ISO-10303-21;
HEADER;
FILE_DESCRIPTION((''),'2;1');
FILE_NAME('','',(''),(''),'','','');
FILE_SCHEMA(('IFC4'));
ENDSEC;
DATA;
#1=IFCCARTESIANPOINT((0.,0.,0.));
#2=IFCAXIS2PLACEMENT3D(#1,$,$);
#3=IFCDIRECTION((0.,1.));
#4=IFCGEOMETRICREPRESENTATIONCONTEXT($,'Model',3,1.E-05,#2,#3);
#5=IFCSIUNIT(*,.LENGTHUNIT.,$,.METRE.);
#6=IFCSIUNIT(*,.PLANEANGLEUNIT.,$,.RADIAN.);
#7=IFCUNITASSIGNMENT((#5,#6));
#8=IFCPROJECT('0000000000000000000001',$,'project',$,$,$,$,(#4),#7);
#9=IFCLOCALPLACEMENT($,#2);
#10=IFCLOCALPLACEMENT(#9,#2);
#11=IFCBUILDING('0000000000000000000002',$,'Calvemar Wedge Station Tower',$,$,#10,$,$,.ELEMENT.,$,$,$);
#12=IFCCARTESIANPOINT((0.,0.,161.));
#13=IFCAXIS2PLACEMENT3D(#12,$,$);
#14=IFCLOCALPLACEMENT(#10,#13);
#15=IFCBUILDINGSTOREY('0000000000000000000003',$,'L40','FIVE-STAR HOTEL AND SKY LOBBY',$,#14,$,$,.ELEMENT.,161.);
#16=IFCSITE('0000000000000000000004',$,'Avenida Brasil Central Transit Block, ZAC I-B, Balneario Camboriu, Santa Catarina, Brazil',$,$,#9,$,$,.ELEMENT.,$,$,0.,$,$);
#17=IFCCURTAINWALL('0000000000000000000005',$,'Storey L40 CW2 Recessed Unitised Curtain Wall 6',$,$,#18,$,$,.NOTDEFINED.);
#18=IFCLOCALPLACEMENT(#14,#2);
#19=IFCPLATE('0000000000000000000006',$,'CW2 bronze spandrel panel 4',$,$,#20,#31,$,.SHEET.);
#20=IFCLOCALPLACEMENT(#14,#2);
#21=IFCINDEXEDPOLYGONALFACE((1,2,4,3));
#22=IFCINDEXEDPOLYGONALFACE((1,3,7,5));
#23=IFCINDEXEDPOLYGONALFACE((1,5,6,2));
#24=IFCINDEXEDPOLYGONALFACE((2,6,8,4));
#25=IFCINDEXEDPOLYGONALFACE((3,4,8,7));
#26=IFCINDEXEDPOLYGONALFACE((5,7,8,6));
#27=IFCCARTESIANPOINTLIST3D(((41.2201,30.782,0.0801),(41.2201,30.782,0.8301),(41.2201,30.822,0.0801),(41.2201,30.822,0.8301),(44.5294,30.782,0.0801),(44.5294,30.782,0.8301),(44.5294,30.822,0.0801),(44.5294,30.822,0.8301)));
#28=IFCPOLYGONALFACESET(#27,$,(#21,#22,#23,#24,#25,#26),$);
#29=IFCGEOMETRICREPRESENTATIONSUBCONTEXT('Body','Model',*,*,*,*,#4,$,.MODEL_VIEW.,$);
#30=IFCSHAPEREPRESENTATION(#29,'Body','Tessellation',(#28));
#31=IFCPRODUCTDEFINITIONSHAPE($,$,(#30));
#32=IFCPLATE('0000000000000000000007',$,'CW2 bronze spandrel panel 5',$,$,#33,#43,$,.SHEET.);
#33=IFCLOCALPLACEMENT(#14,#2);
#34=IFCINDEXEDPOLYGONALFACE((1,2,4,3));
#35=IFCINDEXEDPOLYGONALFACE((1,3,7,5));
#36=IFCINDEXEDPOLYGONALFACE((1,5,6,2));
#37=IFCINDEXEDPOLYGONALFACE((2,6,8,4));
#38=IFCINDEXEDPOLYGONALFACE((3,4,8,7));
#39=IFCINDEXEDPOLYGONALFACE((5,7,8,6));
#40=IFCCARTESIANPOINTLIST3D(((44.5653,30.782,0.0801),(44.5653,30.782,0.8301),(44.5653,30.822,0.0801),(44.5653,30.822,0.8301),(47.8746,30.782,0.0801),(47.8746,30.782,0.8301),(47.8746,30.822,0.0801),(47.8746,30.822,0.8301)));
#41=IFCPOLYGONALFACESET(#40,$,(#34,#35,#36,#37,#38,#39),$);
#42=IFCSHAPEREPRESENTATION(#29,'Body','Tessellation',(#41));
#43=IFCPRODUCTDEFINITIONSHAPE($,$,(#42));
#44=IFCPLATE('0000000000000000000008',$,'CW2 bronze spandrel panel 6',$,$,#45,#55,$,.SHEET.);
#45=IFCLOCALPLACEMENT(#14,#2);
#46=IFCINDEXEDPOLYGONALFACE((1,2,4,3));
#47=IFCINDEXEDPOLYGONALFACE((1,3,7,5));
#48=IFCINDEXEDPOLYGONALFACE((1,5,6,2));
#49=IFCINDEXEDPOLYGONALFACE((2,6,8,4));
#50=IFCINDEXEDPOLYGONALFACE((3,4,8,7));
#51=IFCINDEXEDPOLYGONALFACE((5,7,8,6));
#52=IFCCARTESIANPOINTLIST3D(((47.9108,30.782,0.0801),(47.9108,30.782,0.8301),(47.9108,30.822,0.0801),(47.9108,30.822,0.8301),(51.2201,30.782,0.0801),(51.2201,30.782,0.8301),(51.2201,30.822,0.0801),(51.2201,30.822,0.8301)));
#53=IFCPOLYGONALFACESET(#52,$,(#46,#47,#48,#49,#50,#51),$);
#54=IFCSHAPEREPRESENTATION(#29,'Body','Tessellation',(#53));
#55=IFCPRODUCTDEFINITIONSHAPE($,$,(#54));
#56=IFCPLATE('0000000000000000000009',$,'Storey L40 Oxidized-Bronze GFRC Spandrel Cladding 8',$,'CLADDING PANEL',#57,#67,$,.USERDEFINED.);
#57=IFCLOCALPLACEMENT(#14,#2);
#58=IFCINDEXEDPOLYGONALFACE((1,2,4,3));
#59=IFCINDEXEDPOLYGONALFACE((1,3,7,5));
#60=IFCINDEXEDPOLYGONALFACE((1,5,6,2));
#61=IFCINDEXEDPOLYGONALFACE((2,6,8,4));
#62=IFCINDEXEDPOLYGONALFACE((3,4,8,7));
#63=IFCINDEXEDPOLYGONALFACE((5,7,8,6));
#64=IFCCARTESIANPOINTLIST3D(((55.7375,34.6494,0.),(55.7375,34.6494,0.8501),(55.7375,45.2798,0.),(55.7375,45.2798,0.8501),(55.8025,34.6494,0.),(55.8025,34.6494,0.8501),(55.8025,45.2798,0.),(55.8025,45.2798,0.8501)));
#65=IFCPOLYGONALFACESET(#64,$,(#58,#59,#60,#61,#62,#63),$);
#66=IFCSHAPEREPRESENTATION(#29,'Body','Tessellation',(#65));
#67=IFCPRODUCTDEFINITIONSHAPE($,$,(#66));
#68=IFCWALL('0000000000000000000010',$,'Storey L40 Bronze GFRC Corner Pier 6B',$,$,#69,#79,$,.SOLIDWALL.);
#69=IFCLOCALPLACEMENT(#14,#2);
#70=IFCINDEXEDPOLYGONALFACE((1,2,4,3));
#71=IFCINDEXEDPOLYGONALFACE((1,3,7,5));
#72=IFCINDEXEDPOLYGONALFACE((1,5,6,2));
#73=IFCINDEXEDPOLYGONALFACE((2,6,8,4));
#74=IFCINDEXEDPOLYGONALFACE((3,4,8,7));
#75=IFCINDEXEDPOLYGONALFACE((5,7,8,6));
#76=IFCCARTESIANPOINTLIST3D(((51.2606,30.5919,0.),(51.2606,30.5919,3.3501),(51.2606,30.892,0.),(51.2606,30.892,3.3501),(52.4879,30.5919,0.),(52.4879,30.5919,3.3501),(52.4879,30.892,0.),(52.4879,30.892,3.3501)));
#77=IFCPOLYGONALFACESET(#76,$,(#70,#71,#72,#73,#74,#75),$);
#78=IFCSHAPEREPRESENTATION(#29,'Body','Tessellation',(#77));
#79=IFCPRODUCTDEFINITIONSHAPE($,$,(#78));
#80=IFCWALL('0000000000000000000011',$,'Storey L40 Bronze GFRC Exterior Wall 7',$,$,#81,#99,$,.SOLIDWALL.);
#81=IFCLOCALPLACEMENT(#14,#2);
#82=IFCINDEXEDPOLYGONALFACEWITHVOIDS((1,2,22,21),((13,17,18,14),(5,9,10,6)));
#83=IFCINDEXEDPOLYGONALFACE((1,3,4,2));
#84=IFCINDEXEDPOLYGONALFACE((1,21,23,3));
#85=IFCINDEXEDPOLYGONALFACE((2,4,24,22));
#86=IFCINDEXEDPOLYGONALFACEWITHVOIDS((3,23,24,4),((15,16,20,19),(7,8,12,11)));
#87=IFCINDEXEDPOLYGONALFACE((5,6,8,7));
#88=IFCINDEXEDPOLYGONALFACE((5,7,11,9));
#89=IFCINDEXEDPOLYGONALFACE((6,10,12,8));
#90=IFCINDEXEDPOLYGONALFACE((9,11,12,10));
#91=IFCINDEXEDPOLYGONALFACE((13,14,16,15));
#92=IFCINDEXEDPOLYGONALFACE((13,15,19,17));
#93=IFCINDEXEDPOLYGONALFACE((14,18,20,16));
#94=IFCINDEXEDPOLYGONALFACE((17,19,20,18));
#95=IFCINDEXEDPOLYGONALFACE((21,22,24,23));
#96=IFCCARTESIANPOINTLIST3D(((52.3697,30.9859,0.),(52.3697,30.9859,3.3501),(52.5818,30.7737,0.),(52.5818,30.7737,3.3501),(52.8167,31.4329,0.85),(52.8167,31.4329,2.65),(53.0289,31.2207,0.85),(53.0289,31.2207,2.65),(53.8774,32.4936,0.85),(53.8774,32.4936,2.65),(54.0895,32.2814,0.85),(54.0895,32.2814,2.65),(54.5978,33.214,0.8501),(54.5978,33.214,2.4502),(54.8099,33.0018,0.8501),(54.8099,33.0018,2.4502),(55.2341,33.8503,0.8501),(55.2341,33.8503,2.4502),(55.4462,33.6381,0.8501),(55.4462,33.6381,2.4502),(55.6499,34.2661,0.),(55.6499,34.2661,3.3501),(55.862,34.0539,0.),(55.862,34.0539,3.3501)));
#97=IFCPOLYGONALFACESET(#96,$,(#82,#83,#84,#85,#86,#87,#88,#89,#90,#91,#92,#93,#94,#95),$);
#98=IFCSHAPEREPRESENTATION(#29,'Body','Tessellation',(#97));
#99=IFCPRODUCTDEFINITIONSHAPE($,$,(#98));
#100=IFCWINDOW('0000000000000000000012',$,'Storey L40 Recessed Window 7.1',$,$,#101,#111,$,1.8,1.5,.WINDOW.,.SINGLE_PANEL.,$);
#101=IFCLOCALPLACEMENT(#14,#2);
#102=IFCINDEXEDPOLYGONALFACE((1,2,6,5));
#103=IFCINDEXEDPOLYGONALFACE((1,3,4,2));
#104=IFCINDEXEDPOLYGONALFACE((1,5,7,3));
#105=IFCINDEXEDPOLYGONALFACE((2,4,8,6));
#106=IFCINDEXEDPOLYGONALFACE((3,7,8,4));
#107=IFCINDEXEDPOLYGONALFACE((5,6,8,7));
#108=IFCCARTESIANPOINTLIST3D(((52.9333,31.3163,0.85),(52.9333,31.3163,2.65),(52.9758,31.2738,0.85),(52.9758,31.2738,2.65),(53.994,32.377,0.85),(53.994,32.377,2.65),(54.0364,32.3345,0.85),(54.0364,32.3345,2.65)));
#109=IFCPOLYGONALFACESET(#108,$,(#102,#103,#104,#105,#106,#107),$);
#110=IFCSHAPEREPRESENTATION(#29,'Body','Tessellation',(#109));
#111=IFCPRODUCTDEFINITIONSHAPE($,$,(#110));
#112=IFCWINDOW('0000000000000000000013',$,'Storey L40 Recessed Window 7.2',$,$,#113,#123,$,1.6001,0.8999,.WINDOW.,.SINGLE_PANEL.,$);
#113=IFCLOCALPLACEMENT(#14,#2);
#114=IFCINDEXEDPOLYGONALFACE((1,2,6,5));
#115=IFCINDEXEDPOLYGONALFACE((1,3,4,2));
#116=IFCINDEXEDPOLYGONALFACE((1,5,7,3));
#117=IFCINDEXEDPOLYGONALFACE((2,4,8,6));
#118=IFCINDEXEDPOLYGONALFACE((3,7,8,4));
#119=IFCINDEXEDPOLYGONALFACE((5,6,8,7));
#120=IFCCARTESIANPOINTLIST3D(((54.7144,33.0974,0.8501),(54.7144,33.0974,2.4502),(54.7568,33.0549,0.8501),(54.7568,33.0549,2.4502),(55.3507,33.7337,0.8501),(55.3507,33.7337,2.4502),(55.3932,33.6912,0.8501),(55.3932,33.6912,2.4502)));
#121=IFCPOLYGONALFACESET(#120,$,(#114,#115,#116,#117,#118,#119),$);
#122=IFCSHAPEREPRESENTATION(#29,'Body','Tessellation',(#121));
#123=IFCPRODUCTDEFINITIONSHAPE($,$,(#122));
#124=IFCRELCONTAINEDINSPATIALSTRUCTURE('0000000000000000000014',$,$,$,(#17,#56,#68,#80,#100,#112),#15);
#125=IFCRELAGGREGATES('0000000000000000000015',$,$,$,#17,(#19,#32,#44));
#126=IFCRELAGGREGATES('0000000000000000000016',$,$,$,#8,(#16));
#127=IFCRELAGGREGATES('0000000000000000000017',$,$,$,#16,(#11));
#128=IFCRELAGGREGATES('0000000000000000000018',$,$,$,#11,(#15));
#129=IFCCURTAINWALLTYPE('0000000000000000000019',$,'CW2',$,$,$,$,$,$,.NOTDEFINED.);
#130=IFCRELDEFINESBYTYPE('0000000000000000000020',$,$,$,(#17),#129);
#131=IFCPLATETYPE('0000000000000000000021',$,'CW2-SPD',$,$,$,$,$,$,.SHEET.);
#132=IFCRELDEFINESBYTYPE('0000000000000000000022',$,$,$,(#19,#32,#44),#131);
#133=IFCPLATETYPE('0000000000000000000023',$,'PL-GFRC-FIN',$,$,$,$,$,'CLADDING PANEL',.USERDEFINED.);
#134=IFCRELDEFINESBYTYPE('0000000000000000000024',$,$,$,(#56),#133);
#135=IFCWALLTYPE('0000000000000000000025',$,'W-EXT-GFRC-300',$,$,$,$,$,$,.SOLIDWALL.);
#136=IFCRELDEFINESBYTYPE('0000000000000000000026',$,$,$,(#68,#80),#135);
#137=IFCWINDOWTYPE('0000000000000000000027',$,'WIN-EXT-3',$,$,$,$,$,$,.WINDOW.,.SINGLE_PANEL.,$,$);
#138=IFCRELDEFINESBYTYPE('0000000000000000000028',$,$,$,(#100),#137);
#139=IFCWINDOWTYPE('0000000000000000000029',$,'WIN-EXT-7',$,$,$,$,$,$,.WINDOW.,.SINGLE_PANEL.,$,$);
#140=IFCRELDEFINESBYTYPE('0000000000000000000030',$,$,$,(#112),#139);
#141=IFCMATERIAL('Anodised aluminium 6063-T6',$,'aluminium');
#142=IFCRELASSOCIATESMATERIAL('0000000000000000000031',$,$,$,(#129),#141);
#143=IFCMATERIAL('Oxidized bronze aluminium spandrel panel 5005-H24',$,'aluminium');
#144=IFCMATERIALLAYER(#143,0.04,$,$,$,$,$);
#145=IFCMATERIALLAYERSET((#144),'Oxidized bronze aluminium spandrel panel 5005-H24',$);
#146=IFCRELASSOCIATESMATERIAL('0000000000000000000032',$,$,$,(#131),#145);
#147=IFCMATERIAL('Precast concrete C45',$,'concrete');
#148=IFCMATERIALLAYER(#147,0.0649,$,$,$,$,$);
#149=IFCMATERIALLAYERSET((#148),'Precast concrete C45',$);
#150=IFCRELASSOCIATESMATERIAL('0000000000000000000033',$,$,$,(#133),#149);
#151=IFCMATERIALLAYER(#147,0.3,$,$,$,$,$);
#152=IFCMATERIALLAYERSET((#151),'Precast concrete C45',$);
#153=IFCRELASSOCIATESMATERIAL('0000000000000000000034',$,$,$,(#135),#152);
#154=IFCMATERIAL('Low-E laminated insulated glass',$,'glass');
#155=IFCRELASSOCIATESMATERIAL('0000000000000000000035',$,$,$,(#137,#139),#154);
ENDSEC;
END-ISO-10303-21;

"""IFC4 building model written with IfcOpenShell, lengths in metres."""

from ifc_helpers import new_model, si_unit, direction, frame, frame_2d, origin, place, context, subcontext, project, spatial, rectangle, extrude, source, transform, mapped, material, layer, layer_set, type_object, element, fill, aggregate, save


model = new_model("IFC4")

# Units and contexts
model_context = context("Model", 3, precision=1e-05, world=origin(), true_north=direction((0.0, 1.0)))
body_context = subcontext(model_context, "Body", "Model", "MODEL_VIEW")
ifc_project = project(units=[si_unit("LENGTHUNIT", "METRE"), si_unit("PLANEANGLEUNIT", "RADIAN")], contexts=[model_context])

# Site, building, storey
site_placement = place(None, origin())
site = spatial("IfcSite", under=ifc_project, at=site_placement, Name="Avenida Brasil Central Transit Block, ZAC I-B, Balneario Camboriu, Santa Catarina, Brazil", CompositionType="ELEMENT", RefElevation=0.0)
building_placement = place(site_placement, origin())
building = spatial("IfcBuilding", under=site, at=building_placement, Name="Calvemar Wedge Station Tower", CompositionType="ELEMENT")
storey_placement = place(building_placement, frame((0.0, 0.0, 161.0)))
storey = spatial("IfcBuildingStorey", under=building, at=storey_placement, Name="L40", Description="FIVE-STAR HOTEL AND SKY LOBBY", CompositionType="ELEMENT", Elevation=161.0)

# Curtain wall, plates
ifc_material_1 = material(Name="Anodised aluminium 6063-T6", Category="aluminium")
curtain_wall_type = type_object("IfcCurtainWallType", Name="CW2", PredefinedType="NOTDEFINED", material=ifc_material_1)
curtain_wall_placement = place(storey_placement, origin())
curtain_wall = element("IfcCurtainWall", 1, at=curtain_wall_placement, inside=storey, type_object=curtain_wall_type, Name="Storey L40 CW2 Recessed Unitised Curtain Wall 6", PredefinedType="NOTDEFINED")
ifc_material_2 = material(Name="Low-E laminated insulated glass", Category="glass")
ifc_material_3 = material(Name="Oxidized bronze aluminium spandrel panel 5005-H24", Category="aluminium")
ifc_layer_1 = layer(ifc_material_3, 0.04)
ifc_layer_set_1 = layer_set([ifc_layer_1], Name="Oxidized bronze aluminium spandrel panel 5005-H24")
plate_type_1 = type_object("IfcPlateType", Name="CW2-SPD", PredefinedType="SHEET", material=ifc_layer_set_1)
plate_1_placement = place(storey_placement, frame((41.22, 30.802, 0.0801), z_axis=(0.0, 0.0, 1.0), x_axis=(1.0, 0.0, 0.0)))
plate_1 = element("IfcPlate", 2, at=plate_1_placement, type_object=plate_type_1, Name="CW2 bronze spandrel panel 4", PredefinedType="SHEET", context=body_context, shape_type="SweptSolid", body=[
    extrude(rectangle(XDim=3.3093, YDim=0.04, at=frame_2d((1.6548, 0.0))), origin(), (0.0, 0.0, 1.0), 0.75),
])
plate_2_placement = place(storey_placement, frame((44.5652, 30.802, 0.0801), z_axis=(0.0, 0.0, 1.0), x_axis=(1.0, 0.0, 0.0)))
plate_2 = element("IfcPlate", 3, at=plate_2_placement, type_object=plate_type_1, Name="CW2 bronze spandrel panel 5", PredefinedType="SHEET", context=body_context, shape_type="SweptSolid", body=[
    extrude(rectangle(XDim=3.3093, YDim=0.04, at=frame_2d((1.6548, 0.0))), origin(), (0.0, 0.0, 1.0), 0.75),
])
plate_3_placement = place(storey_placement, frame((47.9106, 30.802, 0.0801), z_axis=(0.0, 0.0, 1.0), x_axis=(1.0, 0.0, 0.0)))
plate_3 = element("IfcPlate", 4, at=plate_3_placement, type_object=plate_type_1, Name="CW2 bronze spandrel panel 6", PredefinedType="SHEET", context=body_context, shape_type="SweptSolid", body=[
    extrude(rectangle(XDim=3.3093, YDim=0.04, at=frame_2d((1.6548, 0.0))), origin(), (0.0, 0.0, 1.0), 0.75),
])
aggregate(curtain_wall, [plate_1, plate_2, plate_3])

# Plate
ifc_material_4 = material(Name="Precast concrete C45", Category="concrete")
ifc_layer_2 = layer(ifc_material_4, 0.0649)
ifc_layer_set_2 = layer_set([ifc_layer_2], Name="Precast concrete C45")
plate_type_2 = type_object("IfcPlateType", Name="PL-GFRC-FIN", ElementType="CLADDING PANEL", PredefinedType="USERDEFINED", material=ifc_layer_set_2)
plate_4_placement = place(storey_placement, frame((55.77, 34.6494, 0.0), z_axis=(0.0, 0.0, 1.0), x_axis=(0.0, 1.0, 0.0)))
element("IfcPlate", 5, at=plate_4_placement, inside=storey, type_object=plate_type_2, Name="Storey L40 Oxidized-Bronze GFRC Spandrel Cladding 8", ObjectType="CLADDING PANEL", PredefinedType="USERDEFINED", context=body_context, shape_type="SweptSolid", body=[
    extrude(rectangle(XDim=10.6304, YDim=0.0649, at=frame_2d((5.3152, 0.0))), origin(), (0.0, 0.0, 1.0), 0.8501),
])

# Wall
ifc_layer_3 = layer(ifc_material_4, 0.3)
ifc_layer_set_3 = layer_set([ifc_layer_3], Name="Precast concrete C45")
wall_type_1 = type_object("IfcWallType", Name="W-EXT-GFRC-300", PredefinedType="SOLIDWALL", material=ifc_layer_set_3)
wall_1_placement = place(storey_placement, frame((51.2605, 30.7419, 0.0), z_axis=(0.0, 0.0, 1.0), x_axis=(1.0, 0.0, 0.0)))
element("IfcWall", 6, at=wall_1_placement, inside=storey, type_object=wall_type_1, Name="Storey L40 Bronze GFRC Corner Pier 6B", PredefinedType="SOLIDWALL", context=body_context, shape_type="SweptSolid", body=[
    extrude(rectangle(XDim=1.2273, YDim=0.3, at=frame_2d((0.6138, 0.0))), origin(), (0.0, 0.0, 1.0), 3.3501),
])

# Wall, openings, windows
wall_2_placement = place(storey_placement, frame((52.4758, 30.8799, 0.0), z_axis=(0.0, 0.0, 1.0), x_axis=(0.707107, 0.707107, 0.0)))
wall_2 = element("IfcWall", 7, at=wall_2_placement, inside=storey, type_object=wall_type_1, Name="Storey L40 Bronze GFRC Exterior Wall 7", PredefinedType="SOLIDWALL", context=body_context, shape_type="SweptSolid", body=[
    extrude(rectangle(XDim=4.6389, YDim=0.3, at=frame_2d((2.3193, 0.0))), origin(), (0.0, 0.0, 1.0), 3.3501),
])
shared_shape_1 = source(origin(), body_context, "Body", "SweptSolid", [
    extrude(rectangle(XDim=1.5, YDim=1.8, at=frame_2d((0.75, 0.8999))), frame((0.0, 0.1602, 0.0), z_axis=(0.0, -1.0, 0.0), x_axis=(1.0, 0.0, 0.0)), (0.0, 0.0, 1.0), 0.3201),
])
opening_1_placement = place(wall_2_placement, frame((0.6321, 0.0, 0.8501)))
opening_1 = element("IfcOpeningElement", 8, at=opening_1_placement, cuts=wall_2, PredefinedType="OPENING", context=body_context, shape_type="MappedRepresentation", body=[
    mapped(shared_shape_1, transform((0.0, 0.0, 0.0), scale=1.0)),
])
shared_shape_2 = source(origin(), body_context, "Body", "SweptSolid", [
    extrude(rectangle(XDim=0.8999, YDim=1.6001, at=frame_2d((0.45, 0.8))), frame((0.0, 0.1602, 0.0), z_axis=(0.0, -1.0, 0.0), x_axis=(1.0, 0.0, 0.0)), (0.0, 0.0, 1.0), 0.3201),
])
opening_2_placement = place(wall_2_placement, frame((3.1509, 0.0, 0.8501)))
opening_2 = element("IfcOpeningElement", 9, at=opening_2_placement, cuts=wall_2, PredefinedType="OPENING", context=body_context, shape_type="MappedRepresentation", body=[
    mapped(shared_shape_2, transform((0.0, 0.0, 0.0), scale=1.0)),
])
window_type_1 = type_object("IfcWindowType", Name="WIN-EXT-3", PartitioningType="SINGLE_PANEL", PredefinedType="WINDOW", material=ifc_material_2)
shared_shape_3 = source(origin(), body_context, "Body", "SweptSolid", [
    extrude(rectangle(XDim=1.5, YDim=1.8, at=frame_2d((0.75, 0.8999))), frame((0.0, -0.0149, 0.0), z_axis=(0.0, -1.0, 0.0), x_axis=(1.0, 0.0, 0.0)), (0.0, 0.0, 1.0), 0.0601),
])
window_1_placement = place(opening_1_placement, origin())
window_1 = element("IfcWindow", 10, at=window_1_placement, inside=storey, type_object=window_type_1, Name="Storey L40 Recessed Window 7.1", OverallHeight=1.8, OverallWidth=1.5, PartitioningType="SINGLE_PANEL", PredefinedType="WINDOW", context=body_context, shape_type="MappedRepresentation", body=[
    mapped(shared_shape_3, transform((0.0, 0.0, 0.0), scale=1.0)),
])
fill(opening_1, window_1)
window_type_2 = type_object("IfcWindowType", Name="WIN-EXT-7", PartitioningType="SINGLE_PANEL", PredefinedType="WINDOW", material=ifc_material_2)
shared_shape_4 = source(origin(), body_context, "Body", "SweptSolid", [
    extrude(rectangle(XDim=0.8999, YDim=1.6001, at=frame_2d((0.45, 0.8))), frame((0.0, -0.0149, 0.0), z_axis=(0.0, -1.0, 0.0), x_axis=(1.0, 0.0, 0.0)), (0.0, 0.0, 1.0), 0.0601),
])
window_2_placement = place(opening_2_placement, origin())
window_2 = element("IfcWindow", 11, at=window_2_placement, inside=storey, type_object=window_type_2, Name="Storey L40 Recessed Window 7.2", OverallHeight=1.6001, OverallWidth=0.8999, PartitioningType="SINGLE_PANEL", PredefinedType="WINDOW", context=body_context, shape_type="MappedRepresentation", body=[
    mapped(shared_shape_4, transform((0.0, 0.0, 0.0), scale=1.0)),
])
fill(opening_2, window_2)

save(model, "model.ifc")
